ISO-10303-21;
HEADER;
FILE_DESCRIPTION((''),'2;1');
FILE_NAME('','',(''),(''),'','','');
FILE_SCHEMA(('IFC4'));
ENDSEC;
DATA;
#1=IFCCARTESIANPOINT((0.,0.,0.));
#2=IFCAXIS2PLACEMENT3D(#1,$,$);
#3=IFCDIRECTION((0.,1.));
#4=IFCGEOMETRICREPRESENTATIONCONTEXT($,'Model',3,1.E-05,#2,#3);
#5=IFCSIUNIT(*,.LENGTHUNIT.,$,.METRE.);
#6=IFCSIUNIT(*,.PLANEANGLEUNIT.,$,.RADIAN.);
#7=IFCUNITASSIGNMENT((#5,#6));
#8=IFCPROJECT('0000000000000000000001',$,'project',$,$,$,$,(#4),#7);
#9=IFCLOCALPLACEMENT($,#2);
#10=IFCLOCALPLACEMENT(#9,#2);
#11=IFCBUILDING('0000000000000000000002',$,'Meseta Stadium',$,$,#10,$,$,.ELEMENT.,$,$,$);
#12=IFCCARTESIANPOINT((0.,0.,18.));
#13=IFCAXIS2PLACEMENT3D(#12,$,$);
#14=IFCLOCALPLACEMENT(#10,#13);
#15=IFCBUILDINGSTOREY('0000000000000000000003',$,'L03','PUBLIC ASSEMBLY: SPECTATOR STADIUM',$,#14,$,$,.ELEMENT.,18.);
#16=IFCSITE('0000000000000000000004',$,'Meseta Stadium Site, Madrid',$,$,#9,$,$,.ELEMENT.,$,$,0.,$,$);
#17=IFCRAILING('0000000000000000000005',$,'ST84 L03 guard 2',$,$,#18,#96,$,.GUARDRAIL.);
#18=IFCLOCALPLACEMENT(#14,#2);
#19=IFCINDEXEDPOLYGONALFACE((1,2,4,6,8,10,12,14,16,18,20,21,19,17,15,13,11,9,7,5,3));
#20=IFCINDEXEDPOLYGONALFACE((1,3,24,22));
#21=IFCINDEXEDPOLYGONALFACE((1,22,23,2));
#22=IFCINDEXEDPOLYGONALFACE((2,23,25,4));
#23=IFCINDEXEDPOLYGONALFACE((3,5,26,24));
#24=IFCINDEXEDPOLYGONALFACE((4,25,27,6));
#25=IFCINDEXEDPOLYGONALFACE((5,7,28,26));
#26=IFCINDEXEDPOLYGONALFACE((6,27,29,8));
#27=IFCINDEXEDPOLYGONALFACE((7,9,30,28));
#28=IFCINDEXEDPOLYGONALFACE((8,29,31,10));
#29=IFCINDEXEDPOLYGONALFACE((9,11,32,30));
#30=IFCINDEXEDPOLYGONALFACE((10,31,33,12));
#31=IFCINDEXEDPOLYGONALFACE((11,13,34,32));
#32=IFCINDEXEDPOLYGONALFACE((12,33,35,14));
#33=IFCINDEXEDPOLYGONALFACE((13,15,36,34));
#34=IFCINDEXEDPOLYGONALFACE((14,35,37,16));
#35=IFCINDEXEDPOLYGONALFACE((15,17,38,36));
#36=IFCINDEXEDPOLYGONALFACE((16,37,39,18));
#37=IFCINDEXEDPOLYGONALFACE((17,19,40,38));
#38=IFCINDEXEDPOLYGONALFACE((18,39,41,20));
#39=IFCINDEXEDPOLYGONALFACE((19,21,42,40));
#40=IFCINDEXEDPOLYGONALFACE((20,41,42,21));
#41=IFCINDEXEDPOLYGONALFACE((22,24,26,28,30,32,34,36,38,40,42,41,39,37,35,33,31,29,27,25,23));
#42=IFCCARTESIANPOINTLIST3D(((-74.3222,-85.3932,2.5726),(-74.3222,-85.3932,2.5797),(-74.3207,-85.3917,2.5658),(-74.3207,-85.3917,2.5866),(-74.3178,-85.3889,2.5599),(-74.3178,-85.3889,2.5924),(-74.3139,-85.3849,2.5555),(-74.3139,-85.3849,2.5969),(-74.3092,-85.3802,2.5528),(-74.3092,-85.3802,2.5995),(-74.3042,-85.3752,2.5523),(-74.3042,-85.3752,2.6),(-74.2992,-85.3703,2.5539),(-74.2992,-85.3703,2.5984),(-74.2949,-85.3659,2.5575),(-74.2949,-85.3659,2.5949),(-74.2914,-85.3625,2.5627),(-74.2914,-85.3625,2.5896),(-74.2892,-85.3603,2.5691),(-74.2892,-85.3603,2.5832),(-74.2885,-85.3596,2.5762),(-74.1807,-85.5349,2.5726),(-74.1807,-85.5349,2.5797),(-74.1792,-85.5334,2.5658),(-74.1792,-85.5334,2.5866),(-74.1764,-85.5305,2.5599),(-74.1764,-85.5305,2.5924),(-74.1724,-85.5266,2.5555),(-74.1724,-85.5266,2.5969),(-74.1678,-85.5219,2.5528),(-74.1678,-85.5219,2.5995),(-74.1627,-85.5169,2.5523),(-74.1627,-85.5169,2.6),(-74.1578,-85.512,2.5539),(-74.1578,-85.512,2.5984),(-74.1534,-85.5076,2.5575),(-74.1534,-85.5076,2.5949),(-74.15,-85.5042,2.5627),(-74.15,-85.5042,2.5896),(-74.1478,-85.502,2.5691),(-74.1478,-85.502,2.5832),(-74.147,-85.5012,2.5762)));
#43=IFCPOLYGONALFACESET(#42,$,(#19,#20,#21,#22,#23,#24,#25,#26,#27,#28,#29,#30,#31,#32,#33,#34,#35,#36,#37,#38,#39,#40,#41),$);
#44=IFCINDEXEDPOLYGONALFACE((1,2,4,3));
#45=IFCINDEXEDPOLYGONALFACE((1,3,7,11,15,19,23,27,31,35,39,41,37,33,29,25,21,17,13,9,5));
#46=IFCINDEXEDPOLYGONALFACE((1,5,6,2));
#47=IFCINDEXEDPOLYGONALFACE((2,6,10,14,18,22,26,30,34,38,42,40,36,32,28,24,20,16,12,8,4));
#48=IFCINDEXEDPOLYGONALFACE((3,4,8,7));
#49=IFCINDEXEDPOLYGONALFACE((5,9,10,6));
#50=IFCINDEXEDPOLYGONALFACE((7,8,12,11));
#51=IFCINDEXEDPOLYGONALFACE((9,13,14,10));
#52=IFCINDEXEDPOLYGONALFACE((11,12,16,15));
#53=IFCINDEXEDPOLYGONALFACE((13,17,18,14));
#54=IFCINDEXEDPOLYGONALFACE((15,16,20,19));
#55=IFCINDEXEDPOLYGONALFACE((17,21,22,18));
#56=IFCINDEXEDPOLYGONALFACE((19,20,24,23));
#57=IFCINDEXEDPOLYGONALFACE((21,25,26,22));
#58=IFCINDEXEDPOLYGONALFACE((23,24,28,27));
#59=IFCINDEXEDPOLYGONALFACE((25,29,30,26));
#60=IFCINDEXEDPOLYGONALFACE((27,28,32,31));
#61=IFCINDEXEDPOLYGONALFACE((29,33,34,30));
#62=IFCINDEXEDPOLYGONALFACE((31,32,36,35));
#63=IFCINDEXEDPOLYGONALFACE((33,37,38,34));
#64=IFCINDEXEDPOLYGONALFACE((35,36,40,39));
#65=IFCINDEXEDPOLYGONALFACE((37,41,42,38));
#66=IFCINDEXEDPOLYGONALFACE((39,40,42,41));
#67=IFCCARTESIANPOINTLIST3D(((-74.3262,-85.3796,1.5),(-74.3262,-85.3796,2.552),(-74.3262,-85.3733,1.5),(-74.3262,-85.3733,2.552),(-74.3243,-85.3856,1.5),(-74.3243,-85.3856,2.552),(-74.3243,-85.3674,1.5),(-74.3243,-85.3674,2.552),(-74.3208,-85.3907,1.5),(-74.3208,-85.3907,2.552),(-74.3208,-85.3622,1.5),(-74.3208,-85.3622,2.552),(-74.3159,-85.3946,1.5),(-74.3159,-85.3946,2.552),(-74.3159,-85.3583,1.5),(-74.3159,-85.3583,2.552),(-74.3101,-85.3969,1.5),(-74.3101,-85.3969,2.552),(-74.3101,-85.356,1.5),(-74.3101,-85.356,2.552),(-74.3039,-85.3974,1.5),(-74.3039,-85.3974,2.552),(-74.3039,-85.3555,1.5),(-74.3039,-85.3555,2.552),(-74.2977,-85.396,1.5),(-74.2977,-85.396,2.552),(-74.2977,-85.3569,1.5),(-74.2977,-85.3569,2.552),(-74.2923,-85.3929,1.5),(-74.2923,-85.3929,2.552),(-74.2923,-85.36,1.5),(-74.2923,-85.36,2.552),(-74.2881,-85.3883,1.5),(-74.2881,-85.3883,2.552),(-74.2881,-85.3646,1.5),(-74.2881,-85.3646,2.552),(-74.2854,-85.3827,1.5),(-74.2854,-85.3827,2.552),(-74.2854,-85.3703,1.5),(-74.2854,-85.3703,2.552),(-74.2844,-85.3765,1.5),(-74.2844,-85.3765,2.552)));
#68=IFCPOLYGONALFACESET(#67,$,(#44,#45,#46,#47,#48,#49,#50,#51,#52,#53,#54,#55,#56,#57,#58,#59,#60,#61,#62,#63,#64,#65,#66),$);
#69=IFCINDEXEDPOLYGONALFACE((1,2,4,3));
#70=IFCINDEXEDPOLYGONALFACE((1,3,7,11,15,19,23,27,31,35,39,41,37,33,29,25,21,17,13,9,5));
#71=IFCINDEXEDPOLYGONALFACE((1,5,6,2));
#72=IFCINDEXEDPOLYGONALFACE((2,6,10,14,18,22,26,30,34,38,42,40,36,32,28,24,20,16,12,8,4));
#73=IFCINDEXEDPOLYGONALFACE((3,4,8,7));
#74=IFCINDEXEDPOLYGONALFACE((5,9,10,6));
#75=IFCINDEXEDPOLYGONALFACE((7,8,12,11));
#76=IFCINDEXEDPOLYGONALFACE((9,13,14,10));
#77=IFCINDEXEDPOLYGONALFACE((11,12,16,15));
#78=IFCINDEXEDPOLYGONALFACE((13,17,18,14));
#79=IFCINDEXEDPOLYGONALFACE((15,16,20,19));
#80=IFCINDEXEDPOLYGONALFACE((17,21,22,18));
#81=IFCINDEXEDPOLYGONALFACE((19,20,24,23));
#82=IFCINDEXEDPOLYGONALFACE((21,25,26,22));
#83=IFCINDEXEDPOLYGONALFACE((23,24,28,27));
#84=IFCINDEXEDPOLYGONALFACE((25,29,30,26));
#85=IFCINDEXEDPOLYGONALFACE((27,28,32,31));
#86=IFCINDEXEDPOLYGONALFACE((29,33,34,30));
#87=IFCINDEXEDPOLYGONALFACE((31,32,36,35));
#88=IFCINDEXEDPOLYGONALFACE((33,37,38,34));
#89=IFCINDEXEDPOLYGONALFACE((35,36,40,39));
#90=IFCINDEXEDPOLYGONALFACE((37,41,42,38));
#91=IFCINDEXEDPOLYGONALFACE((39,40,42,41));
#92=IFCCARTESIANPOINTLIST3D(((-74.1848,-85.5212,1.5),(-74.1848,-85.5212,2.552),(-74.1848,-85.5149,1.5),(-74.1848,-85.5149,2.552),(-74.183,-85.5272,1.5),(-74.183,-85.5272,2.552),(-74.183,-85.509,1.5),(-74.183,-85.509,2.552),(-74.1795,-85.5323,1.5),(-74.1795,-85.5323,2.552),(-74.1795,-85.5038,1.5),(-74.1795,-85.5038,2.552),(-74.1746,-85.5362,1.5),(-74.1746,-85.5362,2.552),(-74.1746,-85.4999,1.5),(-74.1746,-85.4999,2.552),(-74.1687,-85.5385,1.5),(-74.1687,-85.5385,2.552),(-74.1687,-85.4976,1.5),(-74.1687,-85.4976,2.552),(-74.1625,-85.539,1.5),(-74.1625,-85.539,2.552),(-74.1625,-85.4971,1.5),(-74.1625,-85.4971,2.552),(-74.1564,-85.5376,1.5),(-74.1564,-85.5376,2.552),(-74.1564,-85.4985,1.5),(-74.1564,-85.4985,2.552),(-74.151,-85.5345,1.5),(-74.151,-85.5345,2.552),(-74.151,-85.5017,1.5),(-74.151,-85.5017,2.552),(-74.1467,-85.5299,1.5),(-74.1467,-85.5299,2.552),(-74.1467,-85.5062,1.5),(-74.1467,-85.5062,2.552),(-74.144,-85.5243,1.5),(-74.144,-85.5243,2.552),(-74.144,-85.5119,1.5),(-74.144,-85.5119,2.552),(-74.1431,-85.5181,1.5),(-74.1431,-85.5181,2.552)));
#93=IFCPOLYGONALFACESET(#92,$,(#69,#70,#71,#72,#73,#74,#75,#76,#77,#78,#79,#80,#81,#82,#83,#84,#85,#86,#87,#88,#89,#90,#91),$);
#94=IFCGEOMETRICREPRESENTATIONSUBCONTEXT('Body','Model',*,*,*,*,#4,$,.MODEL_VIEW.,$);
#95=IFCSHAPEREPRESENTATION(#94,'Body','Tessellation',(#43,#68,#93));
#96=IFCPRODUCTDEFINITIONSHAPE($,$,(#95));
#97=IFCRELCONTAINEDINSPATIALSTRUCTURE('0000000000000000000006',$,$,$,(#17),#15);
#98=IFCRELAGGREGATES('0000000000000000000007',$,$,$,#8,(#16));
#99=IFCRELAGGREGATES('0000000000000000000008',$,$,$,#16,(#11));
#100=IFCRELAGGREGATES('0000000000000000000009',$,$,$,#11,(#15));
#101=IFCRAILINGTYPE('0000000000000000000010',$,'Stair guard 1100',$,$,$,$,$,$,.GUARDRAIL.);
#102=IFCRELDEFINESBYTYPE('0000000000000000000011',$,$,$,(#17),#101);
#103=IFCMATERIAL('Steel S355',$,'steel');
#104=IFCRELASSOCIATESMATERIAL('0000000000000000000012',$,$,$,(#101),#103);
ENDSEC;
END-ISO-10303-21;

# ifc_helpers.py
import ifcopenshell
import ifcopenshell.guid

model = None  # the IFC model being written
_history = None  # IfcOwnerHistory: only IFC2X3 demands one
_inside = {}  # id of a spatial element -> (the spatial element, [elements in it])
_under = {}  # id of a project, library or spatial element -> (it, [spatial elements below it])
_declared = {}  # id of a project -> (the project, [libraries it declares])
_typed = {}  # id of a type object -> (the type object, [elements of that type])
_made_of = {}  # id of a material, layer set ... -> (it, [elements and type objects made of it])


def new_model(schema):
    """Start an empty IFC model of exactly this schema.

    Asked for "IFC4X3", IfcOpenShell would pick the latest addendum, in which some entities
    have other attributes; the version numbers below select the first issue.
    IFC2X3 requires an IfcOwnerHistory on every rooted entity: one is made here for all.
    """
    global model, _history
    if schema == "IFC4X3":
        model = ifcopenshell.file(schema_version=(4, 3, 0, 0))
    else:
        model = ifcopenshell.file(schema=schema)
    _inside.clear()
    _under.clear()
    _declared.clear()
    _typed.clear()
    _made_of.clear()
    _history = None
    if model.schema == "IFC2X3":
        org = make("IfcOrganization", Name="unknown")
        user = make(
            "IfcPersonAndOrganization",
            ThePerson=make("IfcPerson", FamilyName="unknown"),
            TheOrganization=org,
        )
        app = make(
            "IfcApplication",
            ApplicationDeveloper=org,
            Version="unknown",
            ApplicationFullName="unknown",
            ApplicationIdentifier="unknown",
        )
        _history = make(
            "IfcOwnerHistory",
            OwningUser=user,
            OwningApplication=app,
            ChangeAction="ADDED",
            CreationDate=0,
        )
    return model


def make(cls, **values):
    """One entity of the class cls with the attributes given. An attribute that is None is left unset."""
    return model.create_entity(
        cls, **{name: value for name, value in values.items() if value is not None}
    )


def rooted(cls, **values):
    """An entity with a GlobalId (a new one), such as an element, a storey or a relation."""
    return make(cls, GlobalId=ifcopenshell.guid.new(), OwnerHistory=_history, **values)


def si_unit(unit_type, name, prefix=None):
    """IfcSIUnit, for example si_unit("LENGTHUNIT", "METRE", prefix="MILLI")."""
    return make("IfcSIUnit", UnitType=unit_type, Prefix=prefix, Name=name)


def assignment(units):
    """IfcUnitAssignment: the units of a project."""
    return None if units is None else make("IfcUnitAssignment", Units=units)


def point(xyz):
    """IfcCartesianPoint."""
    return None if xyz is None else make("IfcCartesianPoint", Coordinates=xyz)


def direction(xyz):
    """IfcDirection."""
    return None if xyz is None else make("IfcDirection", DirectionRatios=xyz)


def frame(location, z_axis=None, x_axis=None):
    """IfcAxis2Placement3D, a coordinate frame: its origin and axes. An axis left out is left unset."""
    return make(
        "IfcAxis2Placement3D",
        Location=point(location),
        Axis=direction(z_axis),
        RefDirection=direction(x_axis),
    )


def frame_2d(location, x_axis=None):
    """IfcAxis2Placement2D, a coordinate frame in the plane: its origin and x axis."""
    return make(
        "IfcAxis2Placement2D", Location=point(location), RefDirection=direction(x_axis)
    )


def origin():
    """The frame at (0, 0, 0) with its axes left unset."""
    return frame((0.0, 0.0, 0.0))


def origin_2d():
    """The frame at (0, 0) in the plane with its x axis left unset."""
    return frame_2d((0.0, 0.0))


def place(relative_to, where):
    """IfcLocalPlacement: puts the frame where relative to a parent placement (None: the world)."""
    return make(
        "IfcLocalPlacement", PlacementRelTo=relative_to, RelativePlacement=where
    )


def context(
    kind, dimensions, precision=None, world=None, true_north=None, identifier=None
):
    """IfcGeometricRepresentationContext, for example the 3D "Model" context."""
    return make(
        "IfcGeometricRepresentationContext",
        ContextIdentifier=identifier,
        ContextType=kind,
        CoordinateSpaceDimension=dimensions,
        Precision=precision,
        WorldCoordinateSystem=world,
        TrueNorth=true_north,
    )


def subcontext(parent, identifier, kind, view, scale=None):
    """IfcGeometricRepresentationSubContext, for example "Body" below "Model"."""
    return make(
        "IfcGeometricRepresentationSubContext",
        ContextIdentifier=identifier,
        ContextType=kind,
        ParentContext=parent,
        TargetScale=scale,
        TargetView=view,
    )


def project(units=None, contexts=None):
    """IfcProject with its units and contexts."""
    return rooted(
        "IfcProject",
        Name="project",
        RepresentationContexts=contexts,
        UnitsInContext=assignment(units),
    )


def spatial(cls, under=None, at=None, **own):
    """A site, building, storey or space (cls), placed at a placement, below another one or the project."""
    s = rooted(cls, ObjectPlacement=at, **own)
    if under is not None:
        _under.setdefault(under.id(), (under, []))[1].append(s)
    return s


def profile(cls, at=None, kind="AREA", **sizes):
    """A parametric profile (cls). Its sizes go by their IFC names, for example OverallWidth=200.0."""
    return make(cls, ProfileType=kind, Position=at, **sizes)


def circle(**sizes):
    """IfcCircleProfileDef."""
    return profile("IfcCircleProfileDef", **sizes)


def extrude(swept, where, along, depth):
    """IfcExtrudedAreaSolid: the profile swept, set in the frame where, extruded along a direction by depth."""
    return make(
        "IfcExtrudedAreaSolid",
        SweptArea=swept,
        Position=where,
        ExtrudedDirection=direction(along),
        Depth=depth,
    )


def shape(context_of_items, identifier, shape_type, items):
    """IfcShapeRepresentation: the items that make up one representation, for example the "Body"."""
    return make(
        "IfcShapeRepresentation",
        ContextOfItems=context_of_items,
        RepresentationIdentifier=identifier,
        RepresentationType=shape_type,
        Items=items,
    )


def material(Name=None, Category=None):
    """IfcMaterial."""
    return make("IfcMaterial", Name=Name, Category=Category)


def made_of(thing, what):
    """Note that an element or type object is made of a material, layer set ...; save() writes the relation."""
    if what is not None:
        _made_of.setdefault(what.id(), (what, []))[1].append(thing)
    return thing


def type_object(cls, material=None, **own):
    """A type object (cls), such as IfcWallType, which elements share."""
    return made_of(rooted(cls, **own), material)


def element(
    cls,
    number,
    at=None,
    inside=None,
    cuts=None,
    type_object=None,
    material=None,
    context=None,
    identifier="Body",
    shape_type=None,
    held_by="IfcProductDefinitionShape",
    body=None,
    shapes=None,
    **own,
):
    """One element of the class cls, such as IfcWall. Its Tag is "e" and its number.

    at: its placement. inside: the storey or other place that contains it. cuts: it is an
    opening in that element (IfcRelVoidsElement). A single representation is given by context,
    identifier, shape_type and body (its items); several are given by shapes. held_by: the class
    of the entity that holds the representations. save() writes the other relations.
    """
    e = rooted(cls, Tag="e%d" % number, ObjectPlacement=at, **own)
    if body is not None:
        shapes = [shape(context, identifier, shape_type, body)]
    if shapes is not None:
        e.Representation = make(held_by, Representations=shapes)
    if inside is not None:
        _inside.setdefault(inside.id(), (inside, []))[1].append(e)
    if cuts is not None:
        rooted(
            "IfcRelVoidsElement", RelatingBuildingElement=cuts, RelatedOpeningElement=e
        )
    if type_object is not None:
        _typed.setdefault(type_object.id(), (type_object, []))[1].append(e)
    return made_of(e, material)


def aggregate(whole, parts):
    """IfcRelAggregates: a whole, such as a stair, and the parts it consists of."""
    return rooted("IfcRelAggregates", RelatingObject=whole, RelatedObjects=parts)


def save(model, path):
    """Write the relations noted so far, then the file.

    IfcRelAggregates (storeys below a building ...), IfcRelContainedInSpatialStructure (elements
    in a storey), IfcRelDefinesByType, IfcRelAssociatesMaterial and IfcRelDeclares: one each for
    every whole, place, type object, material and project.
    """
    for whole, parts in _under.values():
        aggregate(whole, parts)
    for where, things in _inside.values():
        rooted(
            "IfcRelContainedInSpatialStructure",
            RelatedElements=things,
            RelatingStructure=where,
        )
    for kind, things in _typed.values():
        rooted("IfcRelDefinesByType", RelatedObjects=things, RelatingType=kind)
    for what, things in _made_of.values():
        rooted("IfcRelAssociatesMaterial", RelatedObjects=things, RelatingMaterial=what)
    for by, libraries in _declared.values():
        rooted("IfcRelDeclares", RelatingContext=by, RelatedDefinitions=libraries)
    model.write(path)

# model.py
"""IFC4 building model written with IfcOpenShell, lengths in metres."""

from ifc_helpers import new_model, si_unit, direction, frame, origin, origin_2d, place, context, subcontext, project, spatial, circle, extrude, material, type_object, element, save


model = new_model("IFC4")

# Units and contexts
model_context = context("Model", 3, precision=1e-05, world=origin(), true_north=direction((0.0, 1.0)))
body_context = subcontext(model_context, "Body", "Model", "MODEL_VIEW")
ifc_project = project(units=[si_unit("LENGTHUNIT", "METRE"), si_unit("PLANEANGLEUNIT", "RADIAN")], contexts=[model_context])

# Site, building, storey
site_placement = place(None, origin())
site = spatial("IfcSite", under=ifc_project, at=site_placement, Name="Meseta Stadium Site, Madrid", CompositionType="ELEMENT", RefElevation=0.0)
building_placement = place(site_placement, origin())
building = spatial("IfcBuilding", under=site, at=building_placement, Name="Meseta Stadium", CompositionType="ELEMENT")
storey_placement = place(building_placement, frame((0.0, 0.0, 18.0)))
storey = spatial("IfcBuildingStorey", under=building, at=storey_placement, Name="L03", Description="PUBLIC ASSEMBLY: SPECTATOR STADIUM", CompositionType="ELEMENT", Elevation=18.0)

# Railing
ifc_material_1 = material(Name="Steel S355", Category="steel")
railing_type_1 = type_object("IfcRailingType", Name="Stair guard 1100", PredefinedType="GUARDRAIL", material=ifc_material_1)
railing_1_placement = place(storey_placement, frame((-74.3054, -85.3765, 1.5)))
element("IfcRailing", 1, at=railing_1_placement, inside=storey, type_object=railing_type_1, Name="ST84 L03 guard 2", PredefinedType="GUARDRAIL", context=body_context, shape_type="SweptSolid", body=[
    extrude(circle(Radius=0.0239, at=origin_2d()), frame((0.0, 0.0, 1.0762), z_axis=(0.706496, -0.707717, 0.0), x_axis=(0.707717, 0.706496, 0.0)), (0.0, 0.0, 1.0), 0.2002),
    extrude(circle(Radius=0.021, at=origin_2d()), origin(), (0.0, 0.0, 1.0), 1.052),
    extrude(circle(Radius=0.021, at=origin_2d()), frame((0.1414, -0.1416, 0.0)), (0.0, 0.0, 1.0), 1.052),
])

save(model, "model.ifc")
